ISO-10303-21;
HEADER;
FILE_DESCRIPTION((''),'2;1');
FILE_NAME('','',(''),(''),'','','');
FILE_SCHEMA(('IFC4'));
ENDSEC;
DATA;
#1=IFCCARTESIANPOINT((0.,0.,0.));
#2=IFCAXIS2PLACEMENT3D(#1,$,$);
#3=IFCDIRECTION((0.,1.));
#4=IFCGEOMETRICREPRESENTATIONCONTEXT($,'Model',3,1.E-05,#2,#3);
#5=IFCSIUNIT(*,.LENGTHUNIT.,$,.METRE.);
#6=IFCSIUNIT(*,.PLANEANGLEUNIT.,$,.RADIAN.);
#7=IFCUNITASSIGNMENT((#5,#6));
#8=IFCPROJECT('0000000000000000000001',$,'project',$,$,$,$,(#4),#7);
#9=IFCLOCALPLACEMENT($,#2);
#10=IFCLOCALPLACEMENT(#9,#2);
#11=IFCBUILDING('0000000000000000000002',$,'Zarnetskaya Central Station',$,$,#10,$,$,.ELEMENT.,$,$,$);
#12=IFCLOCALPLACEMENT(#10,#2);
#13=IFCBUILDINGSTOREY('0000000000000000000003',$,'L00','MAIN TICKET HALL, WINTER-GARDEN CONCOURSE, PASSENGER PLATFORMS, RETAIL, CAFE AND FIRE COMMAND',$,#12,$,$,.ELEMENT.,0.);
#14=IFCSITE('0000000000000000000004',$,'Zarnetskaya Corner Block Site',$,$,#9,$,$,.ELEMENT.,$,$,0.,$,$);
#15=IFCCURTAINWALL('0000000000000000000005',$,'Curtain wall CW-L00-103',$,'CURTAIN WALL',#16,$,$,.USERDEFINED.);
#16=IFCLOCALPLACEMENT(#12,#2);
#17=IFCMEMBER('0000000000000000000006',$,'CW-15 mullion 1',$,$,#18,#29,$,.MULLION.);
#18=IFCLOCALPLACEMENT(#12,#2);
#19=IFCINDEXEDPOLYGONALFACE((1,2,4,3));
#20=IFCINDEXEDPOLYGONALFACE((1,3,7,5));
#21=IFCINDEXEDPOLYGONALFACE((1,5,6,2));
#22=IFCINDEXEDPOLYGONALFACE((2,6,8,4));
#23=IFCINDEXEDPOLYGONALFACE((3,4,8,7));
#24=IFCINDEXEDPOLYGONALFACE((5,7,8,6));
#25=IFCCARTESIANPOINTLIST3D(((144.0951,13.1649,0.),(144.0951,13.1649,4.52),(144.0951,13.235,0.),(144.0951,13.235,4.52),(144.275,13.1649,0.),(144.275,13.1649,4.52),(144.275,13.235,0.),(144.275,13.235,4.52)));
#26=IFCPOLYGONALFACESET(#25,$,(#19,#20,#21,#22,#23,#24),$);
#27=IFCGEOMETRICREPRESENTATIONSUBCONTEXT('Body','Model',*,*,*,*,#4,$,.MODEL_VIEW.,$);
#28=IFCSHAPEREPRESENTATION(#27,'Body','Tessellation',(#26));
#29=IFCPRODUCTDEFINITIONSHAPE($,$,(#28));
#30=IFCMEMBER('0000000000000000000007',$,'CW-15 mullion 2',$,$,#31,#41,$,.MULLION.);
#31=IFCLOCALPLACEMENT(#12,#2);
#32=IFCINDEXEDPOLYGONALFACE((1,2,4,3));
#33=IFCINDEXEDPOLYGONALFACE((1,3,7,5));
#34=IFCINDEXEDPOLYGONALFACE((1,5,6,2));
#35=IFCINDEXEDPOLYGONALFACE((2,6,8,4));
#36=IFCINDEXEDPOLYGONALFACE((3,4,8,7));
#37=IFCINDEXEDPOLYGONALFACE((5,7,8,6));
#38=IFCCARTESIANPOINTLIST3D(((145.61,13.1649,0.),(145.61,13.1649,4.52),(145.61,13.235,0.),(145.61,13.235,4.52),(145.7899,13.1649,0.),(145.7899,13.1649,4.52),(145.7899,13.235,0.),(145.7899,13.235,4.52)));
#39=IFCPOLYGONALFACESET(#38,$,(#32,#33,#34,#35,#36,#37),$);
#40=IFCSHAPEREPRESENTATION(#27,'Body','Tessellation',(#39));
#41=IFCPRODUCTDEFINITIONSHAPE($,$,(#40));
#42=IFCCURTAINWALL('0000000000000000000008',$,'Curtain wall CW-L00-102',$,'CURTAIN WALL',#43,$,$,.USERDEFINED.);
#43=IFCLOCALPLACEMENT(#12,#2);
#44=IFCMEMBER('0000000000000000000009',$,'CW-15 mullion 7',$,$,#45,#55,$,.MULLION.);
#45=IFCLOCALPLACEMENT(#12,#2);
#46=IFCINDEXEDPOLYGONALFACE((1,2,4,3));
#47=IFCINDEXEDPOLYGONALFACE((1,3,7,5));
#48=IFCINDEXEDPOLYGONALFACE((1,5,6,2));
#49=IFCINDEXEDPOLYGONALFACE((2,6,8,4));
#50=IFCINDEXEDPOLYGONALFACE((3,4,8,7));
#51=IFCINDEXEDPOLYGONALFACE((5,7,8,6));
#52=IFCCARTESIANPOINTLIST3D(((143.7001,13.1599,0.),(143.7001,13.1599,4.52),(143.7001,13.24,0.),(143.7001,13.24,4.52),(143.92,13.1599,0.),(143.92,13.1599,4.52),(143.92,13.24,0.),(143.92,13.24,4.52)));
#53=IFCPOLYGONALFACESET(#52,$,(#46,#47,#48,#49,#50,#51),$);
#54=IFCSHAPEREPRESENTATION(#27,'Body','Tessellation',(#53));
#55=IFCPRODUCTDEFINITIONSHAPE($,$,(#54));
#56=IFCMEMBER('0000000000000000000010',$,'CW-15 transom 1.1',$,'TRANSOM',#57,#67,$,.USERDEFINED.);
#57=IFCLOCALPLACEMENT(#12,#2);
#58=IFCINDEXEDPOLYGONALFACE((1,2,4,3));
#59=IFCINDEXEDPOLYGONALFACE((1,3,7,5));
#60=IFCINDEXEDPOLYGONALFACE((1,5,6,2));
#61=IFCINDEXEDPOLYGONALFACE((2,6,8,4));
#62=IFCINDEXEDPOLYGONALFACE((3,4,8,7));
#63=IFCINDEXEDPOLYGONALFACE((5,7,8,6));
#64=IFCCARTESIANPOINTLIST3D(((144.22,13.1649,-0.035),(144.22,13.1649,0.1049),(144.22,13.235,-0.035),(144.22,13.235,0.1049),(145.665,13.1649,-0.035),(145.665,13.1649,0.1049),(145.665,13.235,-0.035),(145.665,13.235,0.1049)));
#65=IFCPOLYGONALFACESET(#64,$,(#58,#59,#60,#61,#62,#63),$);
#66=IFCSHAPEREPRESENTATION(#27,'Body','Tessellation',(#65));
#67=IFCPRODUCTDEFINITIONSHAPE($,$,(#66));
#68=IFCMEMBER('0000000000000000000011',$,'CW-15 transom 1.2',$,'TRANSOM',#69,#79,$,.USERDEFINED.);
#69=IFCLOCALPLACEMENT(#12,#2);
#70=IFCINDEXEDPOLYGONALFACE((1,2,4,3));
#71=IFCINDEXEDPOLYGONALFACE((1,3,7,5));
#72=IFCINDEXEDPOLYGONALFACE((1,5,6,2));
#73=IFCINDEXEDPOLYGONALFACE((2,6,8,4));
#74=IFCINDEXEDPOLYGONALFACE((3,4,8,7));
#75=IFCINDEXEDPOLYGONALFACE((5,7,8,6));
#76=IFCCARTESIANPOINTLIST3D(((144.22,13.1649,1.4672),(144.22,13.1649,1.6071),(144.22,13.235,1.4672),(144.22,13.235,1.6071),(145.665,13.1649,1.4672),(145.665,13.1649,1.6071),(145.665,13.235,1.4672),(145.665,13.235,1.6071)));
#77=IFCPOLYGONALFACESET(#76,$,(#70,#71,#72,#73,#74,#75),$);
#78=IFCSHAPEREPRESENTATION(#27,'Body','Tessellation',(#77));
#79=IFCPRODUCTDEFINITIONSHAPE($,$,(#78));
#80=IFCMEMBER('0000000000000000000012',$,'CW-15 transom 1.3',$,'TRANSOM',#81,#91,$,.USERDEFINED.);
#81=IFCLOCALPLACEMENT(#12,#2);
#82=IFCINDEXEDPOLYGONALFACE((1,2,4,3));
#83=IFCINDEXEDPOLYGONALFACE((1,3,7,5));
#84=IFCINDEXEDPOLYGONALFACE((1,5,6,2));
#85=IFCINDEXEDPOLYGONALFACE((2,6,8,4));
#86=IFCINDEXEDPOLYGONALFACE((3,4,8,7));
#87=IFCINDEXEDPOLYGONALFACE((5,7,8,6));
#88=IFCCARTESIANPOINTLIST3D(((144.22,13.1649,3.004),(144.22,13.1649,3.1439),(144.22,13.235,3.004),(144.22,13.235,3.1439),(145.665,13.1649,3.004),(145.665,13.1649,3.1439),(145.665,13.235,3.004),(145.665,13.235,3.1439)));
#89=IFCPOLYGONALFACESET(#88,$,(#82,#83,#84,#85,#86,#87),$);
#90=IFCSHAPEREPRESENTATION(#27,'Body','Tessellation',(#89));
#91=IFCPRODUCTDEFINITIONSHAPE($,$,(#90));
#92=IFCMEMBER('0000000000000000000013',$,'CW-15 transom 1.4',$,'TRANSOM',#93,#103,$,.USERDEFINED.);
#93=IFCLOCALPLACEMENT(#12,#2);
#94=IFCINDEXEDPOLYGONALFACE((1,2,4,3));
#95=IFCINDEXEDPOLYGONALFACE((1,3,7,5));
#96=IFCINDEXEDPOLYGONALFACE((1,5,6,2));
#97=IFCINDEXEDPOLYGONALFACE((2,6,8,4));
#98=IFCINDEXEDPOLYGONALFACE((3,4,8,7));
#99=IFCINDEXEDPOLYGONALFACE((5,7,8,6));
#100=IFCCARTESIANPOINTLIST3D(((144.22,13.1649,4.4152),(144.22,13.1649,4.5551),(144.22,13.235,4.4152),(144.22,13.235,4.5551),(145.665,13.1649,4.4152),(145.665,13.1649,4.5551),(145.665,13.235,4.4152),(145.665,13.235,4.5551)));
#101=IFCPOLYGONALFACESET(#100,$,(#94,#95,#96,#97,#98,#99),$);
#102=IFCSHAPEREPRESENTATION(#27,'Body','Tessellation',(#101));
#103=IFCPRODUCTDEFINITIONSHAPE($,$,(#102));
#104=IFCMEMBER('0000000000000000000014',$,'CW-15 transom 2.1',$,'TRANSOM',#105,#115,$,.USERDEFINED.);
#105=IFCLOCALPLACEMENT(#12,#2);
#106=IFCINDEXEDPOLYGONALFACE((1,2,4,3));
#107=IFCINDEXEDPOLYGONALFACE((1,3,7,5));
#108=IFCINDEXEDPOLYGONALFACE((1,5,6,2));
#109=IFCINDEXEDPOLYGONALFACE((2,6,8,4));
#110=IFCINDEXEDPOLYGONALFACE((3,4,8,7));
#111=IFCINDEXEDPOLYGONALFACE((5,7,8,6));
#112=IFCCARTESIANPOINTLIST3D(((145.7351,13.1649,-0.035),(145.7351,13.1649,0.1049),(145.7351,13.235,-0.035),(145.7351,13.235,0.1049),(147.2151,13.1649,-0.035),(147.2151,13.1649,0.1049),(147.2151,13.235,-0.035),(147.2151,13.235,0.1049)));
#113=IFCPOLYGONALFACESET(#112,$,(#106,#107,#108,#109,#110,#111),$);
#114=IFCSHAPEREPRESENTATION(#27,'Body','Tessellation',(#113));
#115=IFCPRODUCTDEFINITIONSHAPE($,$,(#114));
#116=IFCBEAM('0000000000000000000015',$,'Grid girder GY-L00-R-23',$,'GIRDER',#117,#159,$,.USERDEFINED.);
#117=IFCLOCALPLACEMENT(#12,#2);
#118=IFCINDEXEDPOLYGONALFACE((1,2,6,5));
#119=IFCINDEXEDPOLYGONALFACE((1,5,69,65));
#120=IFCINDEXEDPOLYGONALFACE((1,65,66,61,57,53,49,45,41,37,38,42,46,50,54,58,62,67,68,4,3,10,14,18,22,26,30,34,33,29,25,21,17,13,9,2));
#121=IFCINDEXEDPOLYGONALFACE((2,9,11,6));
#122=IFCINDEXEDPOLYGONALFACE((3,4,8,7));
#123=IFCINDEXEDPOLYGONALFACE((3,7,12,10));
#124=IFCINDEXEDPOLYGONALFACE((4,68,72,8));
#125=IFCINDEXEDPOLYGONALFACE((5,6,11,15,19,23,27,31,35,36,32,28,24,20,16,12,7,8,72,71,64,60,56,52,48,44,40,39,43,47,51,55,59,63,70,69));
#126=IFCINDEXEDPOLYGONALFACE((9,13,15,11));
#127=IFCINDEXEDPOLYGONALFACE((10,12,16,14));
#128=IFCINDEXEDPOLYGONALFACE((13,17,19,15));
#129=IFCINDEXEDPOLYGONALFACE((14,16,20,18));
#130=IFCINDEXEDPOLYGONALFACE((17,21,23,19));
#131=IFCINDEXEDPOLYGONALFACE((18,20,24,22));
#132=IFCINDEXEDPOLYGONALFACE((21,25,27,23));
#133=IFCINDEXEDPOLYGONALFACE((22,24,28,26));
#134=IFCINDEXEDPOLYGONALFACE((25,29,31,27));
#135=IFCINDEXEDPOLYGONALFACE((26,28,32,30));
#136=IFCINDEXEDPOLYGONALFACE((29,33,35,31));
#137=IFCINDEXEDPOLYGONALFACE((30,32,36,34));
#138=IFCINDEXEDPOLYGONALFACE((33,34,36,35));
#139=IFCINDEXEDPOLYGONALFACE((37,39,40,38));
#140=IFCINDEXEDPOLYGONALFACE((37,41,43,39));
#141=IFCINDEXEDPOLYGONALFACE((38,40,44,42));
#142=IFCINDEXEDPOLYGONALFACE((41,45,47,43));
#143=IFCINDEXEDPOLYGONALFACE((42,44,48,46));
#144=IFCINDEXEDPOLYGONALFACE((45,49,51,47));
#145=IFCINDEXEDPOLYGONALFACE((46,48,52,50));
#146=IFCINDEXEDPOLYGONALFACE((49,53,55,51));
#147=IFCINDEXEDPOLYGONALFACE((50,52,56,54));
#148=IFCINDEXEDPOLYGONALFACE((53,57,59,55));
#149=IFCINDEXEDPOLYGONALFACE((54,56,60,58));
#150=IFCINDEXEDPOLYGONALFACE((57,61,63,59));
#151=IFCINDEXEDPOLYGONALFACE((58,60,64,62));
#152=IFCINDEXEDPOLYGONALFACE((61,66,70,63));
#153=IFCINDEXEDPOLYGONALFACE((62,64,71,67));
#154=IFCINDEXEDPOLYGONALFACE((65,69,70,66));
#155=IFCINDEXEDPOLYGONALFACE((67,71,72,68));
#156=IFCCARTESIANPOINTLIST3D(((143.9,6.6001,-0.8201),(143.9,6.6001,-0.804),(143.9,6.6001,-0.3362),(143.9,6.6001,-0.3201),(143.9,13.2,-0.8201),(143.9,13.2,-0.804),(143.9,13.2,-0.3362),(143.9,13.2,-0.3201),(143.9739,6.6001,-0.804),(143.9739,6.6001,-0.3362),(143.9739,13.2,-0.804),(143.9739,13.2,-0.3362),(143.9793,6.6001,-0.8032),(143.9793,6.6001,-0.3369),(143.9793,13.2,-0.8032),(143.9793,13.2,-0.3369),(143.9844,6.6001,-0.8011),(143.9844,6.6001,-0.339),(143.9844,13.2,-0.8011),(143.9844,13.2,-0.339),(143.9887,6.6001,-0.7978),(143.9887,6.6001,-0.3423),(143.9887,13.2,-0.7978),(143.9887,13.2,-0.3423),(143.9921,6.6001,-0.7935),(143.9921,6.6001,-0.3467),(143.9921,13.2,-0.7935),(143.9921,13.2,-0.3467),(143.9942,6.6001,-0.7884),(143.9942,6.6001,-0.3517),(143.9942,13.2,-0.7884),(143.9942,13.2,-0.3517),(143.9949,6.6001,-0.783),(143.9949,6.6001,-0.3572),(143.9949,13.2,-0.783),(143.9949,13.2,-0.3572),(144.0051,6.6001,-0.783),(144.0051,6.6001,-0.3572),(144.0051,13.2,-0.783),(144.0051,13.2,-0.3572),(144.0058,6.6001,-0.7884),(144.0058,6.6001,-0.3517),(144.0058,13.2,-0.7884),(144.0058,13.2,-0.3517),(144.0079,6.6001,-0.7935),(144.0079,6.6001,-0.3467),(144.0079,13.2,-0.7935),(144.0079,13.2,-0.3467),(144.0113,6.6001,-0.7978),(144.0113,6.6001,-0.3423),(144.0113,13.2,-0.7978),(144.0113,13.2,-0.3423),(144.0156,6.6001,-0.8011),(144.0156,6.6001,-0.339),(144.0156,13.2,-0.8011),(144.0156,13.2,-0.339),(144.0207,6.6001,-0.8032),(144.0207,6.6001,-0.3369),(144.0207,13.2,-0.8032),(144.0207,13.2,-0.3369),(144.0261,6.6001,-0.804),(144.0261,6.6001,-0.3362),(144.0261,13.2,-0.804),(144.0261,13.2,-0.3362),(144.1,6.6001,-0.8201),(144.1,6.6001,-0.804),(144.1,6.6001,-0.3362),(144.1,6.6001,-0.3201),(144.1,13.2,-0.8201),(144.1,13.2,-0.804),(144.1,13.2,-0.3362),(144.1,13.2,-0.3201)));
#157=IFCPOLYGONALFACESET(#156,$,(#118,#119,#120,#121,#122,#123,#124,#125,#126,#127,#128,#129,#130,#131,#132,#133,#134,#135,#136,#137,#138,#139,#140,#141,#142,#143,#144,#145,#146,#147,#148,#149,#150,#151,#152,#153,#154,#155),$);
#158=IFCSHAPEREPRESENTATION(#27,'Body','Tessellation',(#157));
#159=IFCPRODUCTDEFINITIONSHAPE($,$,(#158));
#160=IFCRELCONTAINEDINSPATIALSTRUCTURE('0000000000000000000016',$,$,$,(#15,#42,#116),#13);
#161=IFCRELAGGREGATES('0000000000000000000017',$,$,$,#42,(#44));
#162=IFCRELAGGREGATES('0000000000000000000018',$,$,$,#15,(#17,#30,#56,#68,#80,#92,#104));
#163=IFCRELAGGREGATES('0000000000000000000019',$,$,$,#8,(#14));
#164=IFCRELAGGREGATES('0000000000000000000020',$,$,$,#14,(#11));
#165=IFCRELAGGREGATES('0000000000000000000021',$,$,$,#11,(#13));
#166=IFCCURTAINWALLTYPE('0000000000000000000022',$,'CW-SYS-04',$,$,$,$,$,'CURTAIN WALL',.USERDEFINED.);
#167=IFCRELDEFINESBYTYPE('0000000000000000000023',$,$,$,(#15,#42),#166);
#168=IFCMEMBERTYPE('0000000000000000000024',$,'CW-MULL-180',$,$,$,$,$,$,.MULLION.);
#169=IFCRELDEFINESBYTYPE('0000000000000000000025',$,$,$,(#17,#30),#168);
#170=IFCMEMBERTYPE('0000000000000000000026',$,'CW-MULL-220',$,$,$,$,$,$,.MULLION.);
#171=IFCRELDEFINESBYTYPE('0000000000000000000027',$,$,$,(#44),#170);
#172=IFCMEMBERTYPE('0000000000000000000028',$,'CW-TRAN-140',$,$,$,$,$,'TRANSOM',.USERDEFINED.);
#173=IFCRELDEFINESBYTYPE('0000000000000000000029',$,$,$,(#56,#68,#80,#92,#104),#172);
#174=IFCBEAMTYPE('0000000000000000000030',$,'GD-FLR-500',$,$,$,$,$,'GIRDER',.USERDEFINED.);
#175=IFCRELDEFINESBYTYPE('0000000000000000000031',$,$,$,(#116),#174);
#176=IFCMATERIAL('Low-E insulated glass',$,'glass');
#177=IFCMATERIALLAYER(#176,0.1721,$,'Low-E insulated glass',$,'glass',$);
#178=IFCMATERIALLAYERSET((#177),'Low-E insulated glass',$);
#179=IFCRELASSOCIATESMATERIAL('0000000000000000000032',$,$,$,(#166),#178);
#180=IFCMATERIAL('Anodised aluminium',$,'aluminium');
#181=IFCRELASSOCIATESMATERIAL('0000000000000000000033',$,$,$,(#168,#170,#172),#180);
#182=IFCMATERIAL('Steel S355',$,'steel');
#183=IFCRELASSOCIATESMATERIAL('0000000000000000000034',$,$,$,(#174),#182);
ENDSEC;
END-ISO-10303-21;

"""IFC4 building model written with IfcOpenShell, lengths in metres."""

from ifc_helpers import new_model, si_unit, direction, frame, origin, origin_2d, place, context, subcontext, project, spatial, rectangle, i_section, extrude, material, layer, layer_set, material_profile, profile_set, type_object, element, aggregate, save


model = new_model("IFC4")

# Units and contexts
model_context = context("Model", 3, precision=1e-05, world=origin(), true_north=direction((0.0, 1.0)))
body_context = subcontext(model_context, "Body", "Model", "MODEL_VIEW")
ifc_project = project(units=[si_unit("LENGTHUNIT", "METRE"), si_unit("PLANEANGLEUNIT", "RADIAN")], contexts=[model_context])

# Site, building, storey
site_placement = place(None, origin())
site = spatial("IfcSite", under=ifc_project, at=site_placement, Name="Zarnetskaya Corner Block Site", CompositionType="ELEMENT", RefElevation=0.0)
building_placement = place(site_placement, origin())
building = spatial("IfcBuilding", under=site, at=building_placement, Name="Zarnetskaya Central Station", CompositionType="ELEMENT")
storey_placement = place(building_placement, origin())
storey = spatial("IfcBuildingStorey", under=building, at=storey_placement, Name="L00", Description="MAIN TICKET HALL, WINTER-GARDEN CONCOURSE, PASSENGER PLATFORMS, RETAIL, CAFE AND FIRE COMMAND", CompositionType="ELEMENT", Elevation=0.0)

# Shared definitions
ifc_material_1 = material(Name="Steel S355", Category="steel")

# Curtain wall, members
ifc_material_2 = material(Name="Low-E insulated glass", Category="glass")
ifc_layer_1 = layer(ifc_material_2, 0.1721, Name="Low-E insulated glass", Category="glass")
ifc_layer_set_1 = layer_set([ifc_layer_1], Name="Low-E insulated glass")
curtain_wall_type = type_object("IfcCurtainWallType", Name="CW-SYS-04", ElementType="CURTAIN WALL", PredefinedType="USERDEFINED", material=ifc_layer_set_1)
curtain_wall_1_placement = place(storey_placement, origin())
curtain_wall_1 = element("IfcCurtainWall", 1, at=curtain_wall_1_placement, inside=storey, type_object=curtain_wall_type, Name="Curtain wall CW-L00-103", ObjectType="CURTAIN WALL", PredefinedType="USERDEFINED")
ifc_material_3 = material(Name="Anodised aluminium", Category="aluminium")
ifc_material_profile_1 = material_profile(ifc_material_3, rectangle(XDim=0.0701, YDim=0.1799, at=origin_2d()), Name="ALU MULL 70x180")
ifc_profile_set_1 = profile_set([ifc_material_profile_1], Name="Anodised aluminium")
member_type_1 = type_object("IfcMemberType", Name="CW-MULL-180", PredefinedType="MULLION", material=ifc_profile_set_1)
member_1_placement = place(storey_placement, frame((144.1851, 13.2, 0.0), z_axis=(0.0, 0.0, 1.0), x_axis=(0.0, 1.0, 0.0)))
member_1 = element("IfcMember", 2, at=member_1_placement, type_object=member_type_1, Name="CW-15 mullion 1", PredefinedType="MULLION", context=body_context, shape_type="SweptSolid", body=[
    extrude(rectangle(XDim=0.0701, YDim=0.1799, at=origin_2d()), origin(), (0.0, 0.0, 1.0), 4.52),
])
member_2_placement = place(storey_placement, frame((145.7, 13.2, 0.0), z_axis=(0.0, 0.0, 1.0), x_axis=(0.0, 1.0, 0.0)))
member_2 = element("IfcMember", 3, at=member_2_placement, type_object=member_type_1, Name="CW-15 mullion 2", PredefinedType="MULLION", context=body_context, shape_type="SweptSolid", body=[
    extrude(rectangle(XDim=0.0701, YDim=0.1799, at=origin_2d()), origin(), (0.0, 0.0, 1.0), 4.52),
])

# Curtain wall, member
curtain_wall_2_placement = place(storey_placement, origin())
curtain_wall_2 = element("IfcCurtainWall", 4, at=curtain_wall_2_placement, inside=storey, type_object=curtain_wall_type, Name="Curtain wall CW-L00-102", ObjectType="CURTAIN WALL", PredefinedType="USERDEFINED")
ifc_material_profile_2 = material_profile(ifc_material_3, rectangle(XDim=0.0801, YDim=0.22, at=origin_2d()), Name="ALU MULL 80x220")
ifc_profile_set_2 = profile_set([ifc_material_profile_2], Name="Anodised aluminium")
member_type_2 = type_object("IfcMemberType", Name="CW-MULL-220", PredefinedType="MULLION", material=ifc_profile_set_2)
member_3_placement = place(storey_placement, frame((143.8101, 13.2, 0.0), z_axis=(0.0, 0.0, 1.0), x_axis=(0.0, 1.0, 0.0)))
member_3 = element("IfcMember", 5, at=member_3_placement, type_object=member_type_2, Name="CW-15 mullion 7", PredefinedType="MULLION", context=body_context, shape_type="SweptSolid", body=[
    extrude(rectangle(XDim=0.0801, YDim=0.22, at=origin_2d()), origin(), (0.0, 0.0, 1.0), 4.52),
])
aggregate(curtain_wall_2, [member_3])

# Members
ifc_material_profile_3 = material_profile(ifc_material_3, rectangle(XDim=0.0701, YDim=0.1399, at=origin_2d()), Name="ALU TRAN 70x140")
ifc_profile_set_3 = profile_set([ifc_material_profile_3], Name="Anodised aluminium")
member_type_3 = type_object("IfcMemberType", Name="CW-TRAN-140", ElementType="TRANSOM", PredefinedType="USERDEFINED", material=ifc_profile_set_3)
member_4_placement = place(storey_placement, frame((144.22, 13.2, 0.0349), z_axis=(1.0, 0.0, 0.0), x_axis=(0.0, 1.0, 0.0)))
member_4 = element("IfcMember", 6, at=member_4_placement, type_object=member_type_3, Name="CW-15 transom 1.1", ObjectType="TRANSOM", PredefinedType="USERDEFINED", context=body_context, shape_type="SweptSolid", body=[
    extrude(rectangle(XDim=0.0701, YDim=0.1399, at=origin_2d()), origin(), (0.0, 0.0, 1.0), 1.4451),
])
member_5_placement = place(storey_placement, frame((144.22, 13.2, 1.5371), z_axis=(1.0, 0.0, 0.0), x_axis=(0.0, 1.0, 0.0)))
member_5 = element("IfcMember", 7, at=member_5_placement, type_object=member_type_3, Name="CW-15 transom 1.2", ObjectType="TRANSOM", PredefinedType="USERDEFINED", context=body_context, shape_type="SweptSolid", body=[
    extrude(rectangle(XDim=0.0701, YDim=0.1399, at=origin_2d()), origin(), (0.0, 0.0, 1.0), 1.4451),
])
member_6_placement = place(storey_placement, frame((144.22, 13.2, 3.074), z_axis=(1.0, 0.0, 0.0), x_axis=(0.0, 1.0, 0.0)))
member_6 = element("IfcMember", 8, at=member_6_placement, type_object=member_type_3, Name="CW-15 transom 1.3", ObjectType="TRANSOM", PredefinedType="USERDEFINED", context=body_context, shape_type="SweptSolid", body=[
    extrude(rectangle(XDim=0.0701, YDim=0.1399, at=origin_2d()), origin(), (0.0, 0.0, 1.0), 1.4451),
])
member_7_placement = place(storey_placement, frame((144.22, 13.2, 4.4851), z_axis=(1.0, 0.0, 0.0), x_axis=(0.0, 1.0, 0.0)))
member_7 = element("IfcMember", 9, at=member_7_placement, type_object=member_type_3, Name="CW-15 transom 1.4", ObjectType="TRANSOM", PredefinedType="USERDEFINED", context=body_context, shape_type="SweptSolid", body=[
    extrude(rectangle(XDim=0.0701, YDim=0.1399, at=origin_2d()), origin(), (0.0, 0.0, 1.0), 1.4451),
])
member_8_placement = place(storey_placement, frame((145.7351, 13.2, 0.0349), z_axis=(1.0, 0.0, 0.0), x_axis=(0.0, 1.0, 0.0)))
member_8 = element("IfcMember", 10, at=member_8_placement, type_object=member_type_3, Name="CW-15 transom 2.1", ObjectType="TRANSOM", PredefinedType="USERDEFINED", context=body_context, shape_type="SweptSolid", body=[
    extrude(rectangle(XDim=0.0701, YDim=0.1399, at=origin_2d()), origin(), (0.0, 0.0, 1.0), 1.48),
])

# Beam
ifc_material_profile_4 = material_profile(ifc_material_1, i_section(OverallWidth=0.2, OverallDepth=0.5, WebThickness=0.0103, FlangeThickness=0.0161, FilletRadius=0.021, at=origin_2d()), Name="IPE 500")
ifc_profile_set_4 = profile_set([ifc_material_profile_4], Name="Steel S355")
beam_type_1 = type_object("IfcBeamType", Name="GD-FLR-500", ElementType="GIRDER", PredefinedType="USERDEFINED", material=ifc_profile_set_4)
for number, where, z_axis, x_axis, name in (
    (11, (144.0, 6.6001, -0.5701), (0.0, 1.0, 0.0), (-1.0, 0.0, 0.0), "Grid girder GY-L00-R-23"),
):
    element("IfcBeam", number, at=place(storey_placement, frame(where, z_axis=z_axis, x_axis=x_axis)), inside=storey, type_object=beam_type_1, Name=name, ObjectType="GIRDER", PredefinedType="USERDEFINED", context=body_context, shape_type="SweptSolid", body=[
        extrude(i_section(OverallWidth=0.2, OverallDepth=0.5, WebThickness=0.0103, FlangeThickness=0.0161, FilletRadius=0.021, at=origin_2d()), origin(), (0.0, 0.0, 1.0), 6.5999),
    ])

aggregate(curtain_wall_1, [member_1, member_2, member_4, member_5, member_6, member_7, member_8])

save(model, "model.ifc")
